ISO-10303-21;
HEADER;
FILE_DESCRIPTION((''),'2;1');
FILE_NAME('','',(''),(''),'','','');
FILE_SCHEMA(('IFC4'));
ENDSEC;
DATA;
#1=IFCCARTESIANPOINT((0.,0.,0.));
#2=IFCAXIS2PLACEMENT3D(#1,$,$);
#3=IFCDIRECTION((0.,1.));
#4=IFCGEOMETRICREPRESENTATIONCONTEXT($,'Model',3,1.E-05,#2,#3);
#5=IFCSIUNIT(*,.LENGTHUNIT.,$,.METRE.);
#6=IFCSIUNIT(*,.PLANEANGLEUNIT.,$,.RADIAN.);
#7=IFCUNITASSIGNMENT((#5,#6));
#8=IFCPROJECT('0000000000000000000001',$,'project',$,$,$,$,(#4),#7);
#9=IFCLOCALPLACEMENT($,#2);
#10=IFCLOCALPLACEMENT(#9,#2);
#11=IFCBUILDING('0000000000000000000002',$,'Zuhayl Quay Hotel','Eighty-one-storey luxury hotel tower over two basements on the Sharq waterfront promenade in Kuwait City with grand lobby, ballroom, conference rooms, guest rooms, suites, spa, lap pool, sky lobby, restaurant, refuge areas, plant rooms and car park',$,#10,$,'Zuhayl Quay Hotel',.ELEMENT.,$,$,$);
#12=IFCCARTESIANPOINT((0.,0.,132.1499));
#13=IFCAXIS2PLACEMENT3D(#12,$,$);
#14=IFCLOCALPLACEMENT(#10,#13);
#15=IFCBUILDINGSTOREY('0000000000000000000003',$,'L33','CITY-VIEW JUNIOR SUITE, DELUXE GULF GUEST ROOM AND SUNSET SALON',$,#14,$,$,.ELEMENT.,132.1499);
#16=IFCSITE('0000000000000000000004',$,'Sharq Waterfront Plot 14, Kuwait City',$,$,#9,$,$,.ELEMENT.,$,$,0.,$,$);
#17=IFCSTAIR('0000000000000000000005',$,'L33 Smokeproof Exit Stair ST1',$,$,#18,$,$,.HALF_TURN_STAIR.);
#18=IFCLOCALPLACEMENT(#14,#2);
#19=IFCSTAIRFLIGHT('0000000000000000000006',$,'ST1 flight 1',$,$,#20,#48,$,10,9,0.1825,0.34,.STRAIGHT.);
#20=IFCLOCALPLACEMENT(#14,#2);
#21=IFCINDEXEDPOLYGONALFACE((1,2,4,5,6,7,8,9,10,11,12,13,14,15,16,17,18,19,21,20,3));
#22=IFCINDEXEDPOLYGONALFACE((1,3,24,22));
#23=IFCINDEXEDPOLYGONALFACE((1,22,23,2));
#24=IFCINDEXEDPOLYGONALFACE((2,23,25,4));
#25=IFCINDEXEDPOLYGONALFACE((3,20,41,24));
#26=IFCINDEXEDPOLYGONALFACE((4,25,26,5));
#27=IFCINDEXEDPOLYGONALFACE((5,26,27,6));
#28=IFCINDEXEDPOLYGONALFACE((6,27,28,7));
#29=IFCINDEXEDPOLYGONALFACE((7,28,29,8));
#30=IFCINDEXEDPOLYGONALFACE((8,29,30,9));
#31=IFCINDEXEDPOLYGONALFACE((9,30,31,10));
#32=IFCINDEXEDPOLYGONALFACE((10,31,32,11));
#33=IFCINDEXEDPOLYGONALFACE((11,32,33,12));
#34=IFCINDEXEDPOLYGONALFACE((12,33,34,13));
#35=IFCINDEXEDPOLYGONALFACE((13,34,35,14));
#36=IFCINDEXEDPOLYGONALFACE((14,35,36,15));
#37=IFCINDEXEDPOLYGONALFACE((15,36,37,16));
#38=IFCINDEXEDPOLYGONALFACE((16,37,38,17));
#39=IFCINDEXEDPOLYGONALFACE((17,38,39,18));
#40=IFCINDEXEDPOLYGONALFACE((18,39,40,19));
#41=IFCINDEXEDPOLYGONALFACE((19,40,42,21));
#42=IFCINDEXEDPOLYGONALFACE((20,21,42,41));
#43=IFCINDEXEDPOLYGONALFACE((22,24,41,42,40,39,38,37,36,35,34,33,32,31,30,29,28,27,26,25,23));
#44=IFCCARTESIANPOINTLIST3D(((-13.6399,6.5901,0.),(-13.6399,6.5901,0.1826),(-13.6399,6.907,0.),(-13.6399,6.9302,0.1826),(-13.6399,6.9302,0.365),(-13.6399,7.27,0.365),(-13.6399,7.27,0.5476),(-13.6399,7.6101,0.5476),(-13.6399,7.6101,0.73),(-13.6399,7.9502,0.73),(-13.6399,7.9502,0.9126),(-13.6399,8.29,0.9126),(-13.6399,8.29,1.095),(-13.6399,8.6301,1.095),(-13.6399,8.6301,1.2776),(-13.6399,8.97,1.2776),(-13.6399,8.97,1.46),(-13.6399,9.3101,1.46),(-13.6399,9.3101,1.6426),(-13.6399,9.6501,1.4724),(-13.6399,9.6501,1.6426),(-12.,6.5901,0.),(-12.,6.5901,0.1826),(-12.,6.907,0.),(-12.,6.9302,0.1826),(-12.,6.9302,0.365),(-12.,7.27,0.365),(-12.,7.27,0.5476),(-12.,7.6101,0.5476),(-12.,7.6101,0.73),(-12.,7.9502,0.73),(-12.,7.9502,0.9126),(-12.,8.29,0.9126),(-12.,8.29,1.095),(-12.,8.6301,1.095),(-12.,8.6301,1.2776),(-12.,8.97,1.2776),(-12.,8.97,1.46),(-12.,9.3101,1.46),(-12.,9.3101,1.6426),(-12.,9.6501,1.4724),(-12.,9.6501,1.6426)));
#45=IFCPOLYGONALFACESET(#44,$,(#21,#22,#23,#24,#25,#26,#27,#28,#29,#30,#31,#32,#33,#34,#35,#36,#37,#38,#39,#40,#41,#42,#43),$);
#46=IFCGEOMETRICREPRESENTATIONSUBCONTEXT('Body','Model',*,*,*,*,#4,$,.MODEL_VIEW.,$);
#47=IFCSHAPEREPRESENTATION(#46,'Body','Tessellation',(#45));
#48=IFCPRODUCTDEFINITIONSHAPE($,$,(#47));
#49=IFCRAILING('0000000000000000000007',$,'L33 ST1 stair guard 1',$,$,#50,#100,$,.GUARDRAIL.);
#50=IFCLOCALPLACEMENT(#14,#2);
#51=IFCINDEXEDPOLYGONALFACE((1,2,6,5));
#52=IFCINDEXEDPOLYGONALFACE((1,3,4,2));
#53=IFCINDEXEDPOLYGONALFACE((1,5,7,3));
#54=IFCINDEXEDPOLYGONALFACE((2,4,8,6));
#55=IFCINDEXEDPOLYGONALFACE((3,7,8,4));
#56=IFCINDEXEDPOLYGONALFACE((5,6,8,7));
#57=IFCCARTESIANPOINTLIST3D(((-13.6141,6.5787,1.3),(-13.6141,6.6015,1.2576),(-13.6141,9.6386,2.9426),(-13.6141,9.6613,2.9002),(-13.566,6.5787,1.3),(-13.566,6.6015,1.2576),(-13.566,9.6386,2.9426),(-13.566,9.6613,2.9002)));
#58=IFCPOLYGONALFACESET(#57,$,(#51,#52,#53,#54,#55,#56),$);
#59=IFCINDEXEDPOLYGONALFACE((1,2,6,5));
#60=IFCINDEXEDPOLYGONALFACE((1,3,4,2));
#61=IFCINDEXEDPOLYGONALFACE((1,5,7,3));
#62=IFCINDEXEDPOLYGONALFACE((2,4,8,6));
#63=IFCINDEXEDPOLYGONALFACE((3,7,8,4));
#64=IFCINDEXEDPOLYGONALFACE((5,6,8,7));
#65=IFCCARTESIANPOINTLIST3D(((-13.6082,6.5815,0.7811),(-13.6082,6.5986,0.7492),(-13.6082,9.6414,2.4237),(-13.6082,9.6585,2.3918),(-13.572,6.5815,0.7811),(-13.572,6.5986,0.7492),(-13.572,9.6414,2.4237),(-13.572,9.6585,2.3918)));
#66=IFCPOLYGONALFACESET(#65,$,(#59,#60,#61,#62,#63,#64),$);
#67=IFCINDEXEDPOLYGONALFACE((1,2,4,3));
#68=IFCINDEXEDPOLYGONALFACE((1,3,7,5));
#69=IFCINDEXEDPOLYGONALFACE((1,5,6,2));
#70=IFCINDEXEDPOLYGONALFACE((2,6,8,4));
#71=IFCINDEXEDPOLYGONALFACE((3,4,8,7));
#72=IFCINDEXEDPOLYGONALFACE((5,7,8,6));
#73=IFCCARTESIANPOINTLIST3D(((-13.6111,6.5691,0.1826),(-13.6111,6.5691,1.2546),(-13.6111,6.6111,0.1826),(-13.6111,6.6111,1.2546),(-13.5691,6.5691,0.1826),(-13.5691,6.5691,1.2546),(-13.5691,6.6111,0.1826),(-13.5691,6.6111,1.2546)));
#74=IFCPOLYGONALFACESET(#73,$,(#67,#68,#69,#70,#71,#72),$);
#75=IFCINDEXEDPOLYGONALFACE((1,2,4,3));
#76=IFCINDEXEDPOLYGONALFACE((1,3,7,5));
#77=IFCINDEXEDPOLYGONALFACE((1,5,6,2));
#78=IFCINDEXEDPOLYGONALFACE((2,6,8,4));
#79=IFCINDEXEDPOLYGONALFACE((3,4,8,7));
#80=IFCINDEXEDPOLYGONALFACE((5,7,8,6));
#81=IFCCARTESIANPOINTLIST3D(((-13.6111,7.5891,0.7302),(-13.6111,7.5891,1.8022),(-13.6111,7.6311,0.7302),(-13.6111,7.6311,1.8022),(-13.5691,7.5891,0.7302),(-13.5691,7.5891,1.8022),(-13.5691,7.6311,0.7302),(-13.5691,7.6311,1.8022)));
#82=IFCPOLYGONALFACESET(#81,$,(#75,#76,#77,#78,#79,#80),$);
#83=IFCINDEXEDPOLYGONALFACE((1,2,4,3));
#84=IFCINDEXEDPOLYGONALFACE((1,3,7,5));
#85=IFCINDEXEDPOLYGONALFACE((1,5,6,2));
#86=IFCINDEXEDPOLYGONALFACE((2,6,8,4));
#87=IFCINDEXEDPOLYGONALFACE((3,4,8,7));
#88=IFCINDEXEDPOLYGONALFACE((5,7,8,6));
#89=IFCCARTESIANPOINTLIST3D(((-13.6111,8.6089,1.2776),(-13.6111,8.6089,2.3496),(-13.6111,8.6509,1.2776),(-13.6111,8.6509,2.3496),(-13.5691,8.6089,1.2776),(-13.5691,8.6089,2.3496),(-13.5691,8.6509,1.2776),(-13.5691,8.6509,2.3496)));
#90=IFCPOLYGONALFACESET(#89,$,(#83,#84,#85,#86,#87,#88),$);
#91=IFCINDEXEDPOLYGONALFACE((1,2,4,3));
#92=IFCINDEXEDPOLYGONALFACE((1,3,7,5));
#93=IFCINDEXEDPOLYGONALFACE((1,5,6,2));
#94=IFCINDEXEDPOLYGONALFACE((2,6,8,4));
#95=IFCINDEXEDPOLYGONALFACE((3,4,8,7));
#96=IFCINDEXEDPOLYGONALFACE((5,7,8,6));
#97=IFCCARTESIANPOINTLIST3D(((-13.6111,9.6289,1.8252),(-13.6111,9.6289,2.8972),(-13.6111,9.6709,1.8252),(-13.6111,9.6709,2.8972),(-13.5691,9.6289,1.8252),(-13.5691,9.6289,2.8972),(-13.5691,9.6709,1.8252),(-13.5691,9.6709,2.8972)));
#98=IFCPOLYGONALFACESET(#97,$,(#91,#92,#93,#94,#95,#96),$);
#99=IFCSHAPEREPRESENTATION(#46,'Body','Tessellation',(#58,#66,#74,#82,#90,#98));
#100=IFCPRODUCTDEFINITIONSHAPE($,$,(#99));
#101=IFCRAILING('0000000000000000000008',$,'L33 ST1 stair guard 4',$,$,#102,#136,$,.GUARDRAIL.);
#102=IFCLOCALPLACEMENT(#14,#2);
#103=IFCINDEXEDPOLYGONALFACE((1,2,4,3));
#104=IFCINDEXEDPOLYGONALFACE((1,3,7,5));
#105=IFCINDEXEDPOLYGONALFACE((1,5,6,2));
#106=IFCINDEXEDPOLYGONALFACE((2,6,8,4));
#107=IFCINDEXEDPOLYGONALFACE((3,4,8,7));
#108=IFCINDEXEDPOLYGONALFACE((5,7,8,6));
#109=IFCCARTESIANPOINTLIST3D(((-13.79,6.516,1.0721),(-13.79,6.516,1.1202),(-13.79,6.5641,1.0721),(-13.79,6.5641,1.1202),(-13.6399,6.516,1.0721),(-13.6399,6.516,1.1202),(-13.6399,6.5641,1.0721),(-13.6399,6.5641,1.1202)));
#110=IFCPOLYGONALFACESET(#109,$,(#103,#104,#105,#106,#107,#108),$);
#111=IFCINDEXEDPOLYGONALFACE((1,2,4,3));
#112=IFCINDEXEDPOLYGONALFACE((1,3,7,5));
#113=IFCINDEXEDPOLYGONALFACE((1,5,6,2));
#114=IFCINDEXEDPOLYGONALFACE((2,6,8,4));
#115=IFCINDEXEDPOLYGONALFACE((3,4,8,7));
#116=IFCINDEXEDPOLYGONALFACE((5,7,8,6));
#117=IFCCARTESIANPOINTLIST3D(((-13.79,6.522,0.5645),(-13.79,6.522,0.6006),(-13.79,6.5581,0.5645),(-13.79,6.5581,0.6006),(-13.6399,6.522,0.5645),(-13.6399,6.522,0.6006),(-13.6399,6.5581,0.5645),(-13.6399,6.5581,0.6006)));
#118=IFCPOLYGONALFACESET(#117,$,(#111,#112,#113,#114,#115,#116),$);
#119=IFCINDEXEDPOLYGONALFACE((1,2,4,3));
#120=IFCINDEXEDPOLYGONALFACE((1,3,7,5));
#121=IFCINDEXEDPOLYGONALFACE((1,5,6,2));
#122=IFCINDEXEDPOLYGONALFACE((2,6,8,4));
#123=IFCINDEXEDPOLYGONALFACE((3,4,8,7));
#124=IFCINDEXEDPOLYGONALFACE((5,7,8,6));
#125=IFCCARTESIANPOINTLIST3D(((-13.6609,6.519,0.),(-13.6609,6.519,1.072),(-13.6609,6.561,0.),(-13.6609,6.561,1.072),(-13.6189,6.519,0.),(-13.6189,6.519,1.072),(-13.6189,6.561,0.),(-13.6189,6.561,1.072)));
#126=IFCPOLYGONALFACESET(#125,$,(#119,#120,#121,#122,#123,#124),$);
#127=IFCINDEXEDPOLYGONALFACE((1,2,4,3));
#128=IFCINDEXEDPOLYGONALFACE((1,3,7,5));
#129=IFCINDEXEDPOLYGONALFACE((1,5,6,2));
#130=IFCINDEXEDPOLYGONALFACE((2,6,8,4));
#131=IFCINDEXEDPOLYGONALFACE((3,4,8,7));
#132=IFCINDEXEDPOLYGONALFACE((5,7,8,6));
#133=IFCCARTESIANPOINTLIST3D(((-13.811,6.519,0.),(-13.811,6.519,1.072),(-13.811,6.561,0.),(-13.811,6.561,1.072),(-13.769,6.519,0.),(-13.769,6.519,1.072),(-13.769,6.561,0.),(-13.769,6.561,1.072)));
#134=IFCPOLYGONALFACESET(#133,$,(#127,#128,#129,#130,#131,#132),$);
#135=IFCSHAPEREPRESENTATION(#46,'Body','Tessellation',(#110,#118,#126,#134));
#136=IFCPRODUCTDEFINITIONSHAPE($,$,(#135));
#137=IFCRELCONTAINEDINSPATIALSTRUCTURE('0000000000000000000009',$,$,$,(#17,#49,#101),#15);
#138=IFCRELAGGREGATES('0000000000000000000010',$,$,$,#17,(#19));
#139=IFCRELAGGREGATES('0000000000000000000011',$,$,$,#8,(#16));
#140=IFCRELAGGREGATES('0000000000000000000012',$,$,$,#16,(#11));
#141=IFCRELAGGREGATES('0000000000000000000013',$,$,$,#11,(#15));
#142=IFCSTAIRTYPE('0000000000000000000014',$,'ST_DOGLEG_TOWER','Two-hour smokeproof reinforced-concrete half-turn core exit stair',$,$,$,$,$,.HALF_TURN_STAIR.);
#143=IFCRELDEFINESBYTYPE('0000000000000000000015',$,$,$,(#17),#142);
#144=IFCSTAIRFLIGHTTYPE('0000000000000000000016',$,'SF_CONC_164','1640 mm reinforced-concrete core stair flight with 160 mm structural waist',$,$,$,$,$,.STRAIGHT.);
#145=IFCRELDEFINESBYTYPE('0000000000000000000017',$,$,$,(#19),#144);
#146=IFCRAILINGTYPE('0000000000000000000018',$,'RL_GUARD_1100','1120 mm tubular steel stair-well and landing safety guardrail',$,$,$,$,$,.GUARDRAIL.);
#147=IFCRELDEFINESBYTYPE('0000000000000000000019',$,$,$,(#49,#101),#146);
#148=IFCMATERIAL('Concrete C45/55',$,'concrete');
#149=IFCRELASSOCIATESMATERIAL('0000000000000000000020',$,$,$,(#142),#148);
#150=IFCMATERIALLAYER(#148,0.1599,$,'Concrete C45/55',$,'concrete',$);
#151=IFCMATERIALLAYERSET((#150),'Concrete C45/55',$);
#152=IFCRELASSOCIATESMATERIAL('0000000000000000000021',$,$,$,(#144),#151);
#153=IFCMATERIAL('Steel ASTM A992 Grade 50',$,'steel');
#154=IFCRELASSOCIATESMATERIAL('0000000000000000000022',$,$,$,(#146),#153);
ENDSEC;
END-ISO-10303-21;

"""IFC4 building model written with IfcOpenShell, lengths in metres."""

from ifc_helpers import new_model, si_unit, direction, frame, origin, origin_2d, place, context, subcontext, project, spatial, polyline, rectangle, outline, extrude, material, layer, layer_set, type_object, element, aggregate, save


model = new_model("IFC4")

# Units and contexts
model_context = context("Model", 3, precision=1e-05, world=origin(), true_north=direction((0.0, 1.0)))
body_context = subcontext(model_context, "Body", "Model", "MODEL_VIEW")
ifc_project = project(units=[si_unit("LENGTHUNIT", "METRE"), si_unit("PLANEANGLEUNIT", "RADIAN")], contexts=[model_context])

# Site, building, storey
site_placement = place(None, origin())
site = spatial("IfcSite", under=ifc_project, at=site_placement, Name="Sharq Waterfront Plot 14, Kuwait City", CompositionType="ELEMENT", RefElevation=0.0)
building_placement = place(site_placement, origin())
building = spatial("IfcBuilding", under=site, at=building_placement, Name="Zuhayl Quay Hotel", Description="Eighty-one-storey luxury hotel tower over two basements on the Sharq waterfront promenade in Kuwait City with grand lobby, ballroom, conference rooms, guest rooms, suites, spa, lap pool, sky lobby, restaurant, refuge areas, plant rooms and car park", LongName="Zuhayl Quay Hotel", CompositionType="ELEMENT")
storey_placement = place(building_placement, frame((0.0, 0.0, 132.1499)))
storey = spatial("IfcBuildingStorey", under=building, at=storey_placement, Name="L33", Description="CITY-VIEW JUNIOR SUITE, DELUXE GULF GUEST ROOM AND SUNSET SALON", CompositionType="ELEMENT", Elevation=132.1499)

# Shared definitions
ifc_material_1 = material(Name="Steel ASTM A992 Grade 50", Category="steel")

# Stair, stair flight
ifc_material_2 = material(Name="Concrete C45/55", Category="concrete")
stair_type = type_object("IfcStairType", Name="ST_DOGLEG_TOWER", Description="Two-hour smokeproof reinforced-concrete half-turn core exit stair", PredefinedType="HALF_TURN_STAIR", material=ifc_material_2)
stair_placement = place(storey_placement, origin())
stair = element("IfcStair", 1, at=stair_placement, inside=storey, type_object=stair_type, Name="L33 Smokeproof Exit Stair ST1", PredefinedType="HALF_TURN_STAIR")
ifc_layer_1 = layer(ifc_material_2, 0.1599, Name="Concrete C45/55", Category="concrete")
ifc_layer_set_1 = layer_set([ifc_layer_1], Name="Concrete C45/55")
stair_flight_type = type_object("IfcStairFlightType", Name="SF_CONC_164", Description="1640 mm reinforced-concrete core stair flight with 160 mm structural waist", PredefinedType="STRAIGHT", material=ifc_layer_set_1)
stair_flight_placement = place(storey_placement, frame((-12.8201, 6.5901, 0.0), z_axis=(0.0, 0.0, 1.0), x_axis=(0.0, 1.0, 0.0)))
stair_flight = element("IfcStairFlight", 2, at=stair_flight_placement, type_object=stair_flight_type, Name="ST1 flight 1", NumberOfRisers=10, NumberOfTreads=9, PredefinedType="STRAIGHT", RiserHeight=0.1825, TreadLength=0.34, context=body_context, shape_type="SweptSolid", body=[
    extrude(outline(polyline([(0.0, 0.0), (0.0, 0.1826), (0.3401, 0.1826), (0.3401, 0.365), (0.6799, 0.365), (0.6799, 0.5476), (1.02, 0.5476), (1.02, 0.73), (1.3601, 0.73), (1.3601, 0.9126), (1.7, 0.9126), (1.7, 1.095), (2.04, 1.095), (2.04, 1.2776), (2.3799, 1.2776), (2.3799, 1.46), (2.72, 1.46), (2.72, 1.6426), (3.0601, 1.6426), (3.0601, 1.825), (3.0601, 1.4724), (0.3169, 0.0), (0.0, 0.0)])), frame((0.0, 0.8198, 0.0), z_axis=(0.0, -1.0, 0.0), x_axis=(1.0, 0.0, 0.0)), (0.0, 0.0, 1.0), 1.6399),
])
aggregate(stair, [stair_flight])

# Railings
railing_type = type_object("IfcRailingType", Name="RL_GUARD_1100", Description="1120 mm tubular steel stair-well and landing safety guardrail", PredefinedType="GUARDRAIL", material=ifc_material_1)
railing_1_placement = place(storey_placement, frame((-13.5901, 6.5901, 0.1826)))
element("IfcRailing", 3, at=railing_1_placement, inside=storey, type_object=railing_type, Name="L33 ST1 stair guard 1", PredefinedType="GUARDRAIL", context=body_context, shape_type="SweptSolid", body=[
    extrude(rectangle(XDim=0.0481, YDim=0.0481, at=origin_2d()), frame((0.0, 0.0, 1.0962), z_axis=(0.0, 0.881073, 0.47298), x_axis=(-1.0, 0.0, 0.0)), (0.0, 0.0, 1.0), 3.4729),
    extrude(rectangle(XDim=0.0361, YDim=0.0361, at=origin_2d()), frame((0.0, 0.0, 0.5825), z_axis=(0.0, 0.881073, 0.47298), x_axis=(-1.0, 0.0, 0.0)), (0.0, 0.0, 1.0), 3.4729),
    extrude(rectangle(XDim=0.042, YDim=0.042, at=origin_2d()), origin(), (0.0, 0.0, 1.0), 1.072),
    extrude(rectangle(XDim=0.042, YDim=0.042, at=origin_2d()), frame((0.0, 1.02, 0.5476)), (0.0, 0.0, 1.0), 1.072),
    extrude(rectangle(XDim=0.042, YDim=0.042, at=origin_2d()), frame((0.0, 2.0398, 1.095)), (0.0, 0.0, 1.0), 1.072),
    extrude(rectangle(XDim=0.042, YDim=0.042, at=origin_2d()), frame((0.0, 3.0598, 1.6426)), (0.0, 0.0, 1.0), 1.072),
])
railing_2_placement = place(storey_placement, frame((-13.6399, 6.54, 0.0)))
element("IfcRailing", 4, at=railing_2_placement, inside=storey, type_object=railing_type, Name="L33 ST1 stair guard 4", PredefinedType="GUARDRAIL", context=body_context, shape_type="SweptSolid", body=[
    extrude(rectangle(XDim=0.0481, YDim=0.0481, at=origin_2d()), frame((0.0, 0.0, 1.0962), z_axis=(-1.0, 0.0, 0.0), x_axis=(0.0, -1.0, 0.0)), (0.0, 0.0, 1.0), 0.1501),
    extrude(rectangle(XDim=0.0361, YDim=0.0361, at=origin_2d()), frame((0.0, 0.0, 0.5825), z_axis=(-1.0, 0.0, 0.0), x_axis=(0.0, -1.0, 0.0)), (0.0, 0.0, 1.0), 0.1501),
    extrude(rectangle(XDim=0.042, YDim=0.042, at=origin_2d()), origin(), (0.0, 0.0, 1.0), 1.072),
    extrude(rectangle(XDim=0.042, YDim=0.042, at=origin_2d()), frame((-0.1501, 0.0, 0.0)), (0.0, 0.0, 1.0), 1.072),
])

save(model, "model.ifc")
